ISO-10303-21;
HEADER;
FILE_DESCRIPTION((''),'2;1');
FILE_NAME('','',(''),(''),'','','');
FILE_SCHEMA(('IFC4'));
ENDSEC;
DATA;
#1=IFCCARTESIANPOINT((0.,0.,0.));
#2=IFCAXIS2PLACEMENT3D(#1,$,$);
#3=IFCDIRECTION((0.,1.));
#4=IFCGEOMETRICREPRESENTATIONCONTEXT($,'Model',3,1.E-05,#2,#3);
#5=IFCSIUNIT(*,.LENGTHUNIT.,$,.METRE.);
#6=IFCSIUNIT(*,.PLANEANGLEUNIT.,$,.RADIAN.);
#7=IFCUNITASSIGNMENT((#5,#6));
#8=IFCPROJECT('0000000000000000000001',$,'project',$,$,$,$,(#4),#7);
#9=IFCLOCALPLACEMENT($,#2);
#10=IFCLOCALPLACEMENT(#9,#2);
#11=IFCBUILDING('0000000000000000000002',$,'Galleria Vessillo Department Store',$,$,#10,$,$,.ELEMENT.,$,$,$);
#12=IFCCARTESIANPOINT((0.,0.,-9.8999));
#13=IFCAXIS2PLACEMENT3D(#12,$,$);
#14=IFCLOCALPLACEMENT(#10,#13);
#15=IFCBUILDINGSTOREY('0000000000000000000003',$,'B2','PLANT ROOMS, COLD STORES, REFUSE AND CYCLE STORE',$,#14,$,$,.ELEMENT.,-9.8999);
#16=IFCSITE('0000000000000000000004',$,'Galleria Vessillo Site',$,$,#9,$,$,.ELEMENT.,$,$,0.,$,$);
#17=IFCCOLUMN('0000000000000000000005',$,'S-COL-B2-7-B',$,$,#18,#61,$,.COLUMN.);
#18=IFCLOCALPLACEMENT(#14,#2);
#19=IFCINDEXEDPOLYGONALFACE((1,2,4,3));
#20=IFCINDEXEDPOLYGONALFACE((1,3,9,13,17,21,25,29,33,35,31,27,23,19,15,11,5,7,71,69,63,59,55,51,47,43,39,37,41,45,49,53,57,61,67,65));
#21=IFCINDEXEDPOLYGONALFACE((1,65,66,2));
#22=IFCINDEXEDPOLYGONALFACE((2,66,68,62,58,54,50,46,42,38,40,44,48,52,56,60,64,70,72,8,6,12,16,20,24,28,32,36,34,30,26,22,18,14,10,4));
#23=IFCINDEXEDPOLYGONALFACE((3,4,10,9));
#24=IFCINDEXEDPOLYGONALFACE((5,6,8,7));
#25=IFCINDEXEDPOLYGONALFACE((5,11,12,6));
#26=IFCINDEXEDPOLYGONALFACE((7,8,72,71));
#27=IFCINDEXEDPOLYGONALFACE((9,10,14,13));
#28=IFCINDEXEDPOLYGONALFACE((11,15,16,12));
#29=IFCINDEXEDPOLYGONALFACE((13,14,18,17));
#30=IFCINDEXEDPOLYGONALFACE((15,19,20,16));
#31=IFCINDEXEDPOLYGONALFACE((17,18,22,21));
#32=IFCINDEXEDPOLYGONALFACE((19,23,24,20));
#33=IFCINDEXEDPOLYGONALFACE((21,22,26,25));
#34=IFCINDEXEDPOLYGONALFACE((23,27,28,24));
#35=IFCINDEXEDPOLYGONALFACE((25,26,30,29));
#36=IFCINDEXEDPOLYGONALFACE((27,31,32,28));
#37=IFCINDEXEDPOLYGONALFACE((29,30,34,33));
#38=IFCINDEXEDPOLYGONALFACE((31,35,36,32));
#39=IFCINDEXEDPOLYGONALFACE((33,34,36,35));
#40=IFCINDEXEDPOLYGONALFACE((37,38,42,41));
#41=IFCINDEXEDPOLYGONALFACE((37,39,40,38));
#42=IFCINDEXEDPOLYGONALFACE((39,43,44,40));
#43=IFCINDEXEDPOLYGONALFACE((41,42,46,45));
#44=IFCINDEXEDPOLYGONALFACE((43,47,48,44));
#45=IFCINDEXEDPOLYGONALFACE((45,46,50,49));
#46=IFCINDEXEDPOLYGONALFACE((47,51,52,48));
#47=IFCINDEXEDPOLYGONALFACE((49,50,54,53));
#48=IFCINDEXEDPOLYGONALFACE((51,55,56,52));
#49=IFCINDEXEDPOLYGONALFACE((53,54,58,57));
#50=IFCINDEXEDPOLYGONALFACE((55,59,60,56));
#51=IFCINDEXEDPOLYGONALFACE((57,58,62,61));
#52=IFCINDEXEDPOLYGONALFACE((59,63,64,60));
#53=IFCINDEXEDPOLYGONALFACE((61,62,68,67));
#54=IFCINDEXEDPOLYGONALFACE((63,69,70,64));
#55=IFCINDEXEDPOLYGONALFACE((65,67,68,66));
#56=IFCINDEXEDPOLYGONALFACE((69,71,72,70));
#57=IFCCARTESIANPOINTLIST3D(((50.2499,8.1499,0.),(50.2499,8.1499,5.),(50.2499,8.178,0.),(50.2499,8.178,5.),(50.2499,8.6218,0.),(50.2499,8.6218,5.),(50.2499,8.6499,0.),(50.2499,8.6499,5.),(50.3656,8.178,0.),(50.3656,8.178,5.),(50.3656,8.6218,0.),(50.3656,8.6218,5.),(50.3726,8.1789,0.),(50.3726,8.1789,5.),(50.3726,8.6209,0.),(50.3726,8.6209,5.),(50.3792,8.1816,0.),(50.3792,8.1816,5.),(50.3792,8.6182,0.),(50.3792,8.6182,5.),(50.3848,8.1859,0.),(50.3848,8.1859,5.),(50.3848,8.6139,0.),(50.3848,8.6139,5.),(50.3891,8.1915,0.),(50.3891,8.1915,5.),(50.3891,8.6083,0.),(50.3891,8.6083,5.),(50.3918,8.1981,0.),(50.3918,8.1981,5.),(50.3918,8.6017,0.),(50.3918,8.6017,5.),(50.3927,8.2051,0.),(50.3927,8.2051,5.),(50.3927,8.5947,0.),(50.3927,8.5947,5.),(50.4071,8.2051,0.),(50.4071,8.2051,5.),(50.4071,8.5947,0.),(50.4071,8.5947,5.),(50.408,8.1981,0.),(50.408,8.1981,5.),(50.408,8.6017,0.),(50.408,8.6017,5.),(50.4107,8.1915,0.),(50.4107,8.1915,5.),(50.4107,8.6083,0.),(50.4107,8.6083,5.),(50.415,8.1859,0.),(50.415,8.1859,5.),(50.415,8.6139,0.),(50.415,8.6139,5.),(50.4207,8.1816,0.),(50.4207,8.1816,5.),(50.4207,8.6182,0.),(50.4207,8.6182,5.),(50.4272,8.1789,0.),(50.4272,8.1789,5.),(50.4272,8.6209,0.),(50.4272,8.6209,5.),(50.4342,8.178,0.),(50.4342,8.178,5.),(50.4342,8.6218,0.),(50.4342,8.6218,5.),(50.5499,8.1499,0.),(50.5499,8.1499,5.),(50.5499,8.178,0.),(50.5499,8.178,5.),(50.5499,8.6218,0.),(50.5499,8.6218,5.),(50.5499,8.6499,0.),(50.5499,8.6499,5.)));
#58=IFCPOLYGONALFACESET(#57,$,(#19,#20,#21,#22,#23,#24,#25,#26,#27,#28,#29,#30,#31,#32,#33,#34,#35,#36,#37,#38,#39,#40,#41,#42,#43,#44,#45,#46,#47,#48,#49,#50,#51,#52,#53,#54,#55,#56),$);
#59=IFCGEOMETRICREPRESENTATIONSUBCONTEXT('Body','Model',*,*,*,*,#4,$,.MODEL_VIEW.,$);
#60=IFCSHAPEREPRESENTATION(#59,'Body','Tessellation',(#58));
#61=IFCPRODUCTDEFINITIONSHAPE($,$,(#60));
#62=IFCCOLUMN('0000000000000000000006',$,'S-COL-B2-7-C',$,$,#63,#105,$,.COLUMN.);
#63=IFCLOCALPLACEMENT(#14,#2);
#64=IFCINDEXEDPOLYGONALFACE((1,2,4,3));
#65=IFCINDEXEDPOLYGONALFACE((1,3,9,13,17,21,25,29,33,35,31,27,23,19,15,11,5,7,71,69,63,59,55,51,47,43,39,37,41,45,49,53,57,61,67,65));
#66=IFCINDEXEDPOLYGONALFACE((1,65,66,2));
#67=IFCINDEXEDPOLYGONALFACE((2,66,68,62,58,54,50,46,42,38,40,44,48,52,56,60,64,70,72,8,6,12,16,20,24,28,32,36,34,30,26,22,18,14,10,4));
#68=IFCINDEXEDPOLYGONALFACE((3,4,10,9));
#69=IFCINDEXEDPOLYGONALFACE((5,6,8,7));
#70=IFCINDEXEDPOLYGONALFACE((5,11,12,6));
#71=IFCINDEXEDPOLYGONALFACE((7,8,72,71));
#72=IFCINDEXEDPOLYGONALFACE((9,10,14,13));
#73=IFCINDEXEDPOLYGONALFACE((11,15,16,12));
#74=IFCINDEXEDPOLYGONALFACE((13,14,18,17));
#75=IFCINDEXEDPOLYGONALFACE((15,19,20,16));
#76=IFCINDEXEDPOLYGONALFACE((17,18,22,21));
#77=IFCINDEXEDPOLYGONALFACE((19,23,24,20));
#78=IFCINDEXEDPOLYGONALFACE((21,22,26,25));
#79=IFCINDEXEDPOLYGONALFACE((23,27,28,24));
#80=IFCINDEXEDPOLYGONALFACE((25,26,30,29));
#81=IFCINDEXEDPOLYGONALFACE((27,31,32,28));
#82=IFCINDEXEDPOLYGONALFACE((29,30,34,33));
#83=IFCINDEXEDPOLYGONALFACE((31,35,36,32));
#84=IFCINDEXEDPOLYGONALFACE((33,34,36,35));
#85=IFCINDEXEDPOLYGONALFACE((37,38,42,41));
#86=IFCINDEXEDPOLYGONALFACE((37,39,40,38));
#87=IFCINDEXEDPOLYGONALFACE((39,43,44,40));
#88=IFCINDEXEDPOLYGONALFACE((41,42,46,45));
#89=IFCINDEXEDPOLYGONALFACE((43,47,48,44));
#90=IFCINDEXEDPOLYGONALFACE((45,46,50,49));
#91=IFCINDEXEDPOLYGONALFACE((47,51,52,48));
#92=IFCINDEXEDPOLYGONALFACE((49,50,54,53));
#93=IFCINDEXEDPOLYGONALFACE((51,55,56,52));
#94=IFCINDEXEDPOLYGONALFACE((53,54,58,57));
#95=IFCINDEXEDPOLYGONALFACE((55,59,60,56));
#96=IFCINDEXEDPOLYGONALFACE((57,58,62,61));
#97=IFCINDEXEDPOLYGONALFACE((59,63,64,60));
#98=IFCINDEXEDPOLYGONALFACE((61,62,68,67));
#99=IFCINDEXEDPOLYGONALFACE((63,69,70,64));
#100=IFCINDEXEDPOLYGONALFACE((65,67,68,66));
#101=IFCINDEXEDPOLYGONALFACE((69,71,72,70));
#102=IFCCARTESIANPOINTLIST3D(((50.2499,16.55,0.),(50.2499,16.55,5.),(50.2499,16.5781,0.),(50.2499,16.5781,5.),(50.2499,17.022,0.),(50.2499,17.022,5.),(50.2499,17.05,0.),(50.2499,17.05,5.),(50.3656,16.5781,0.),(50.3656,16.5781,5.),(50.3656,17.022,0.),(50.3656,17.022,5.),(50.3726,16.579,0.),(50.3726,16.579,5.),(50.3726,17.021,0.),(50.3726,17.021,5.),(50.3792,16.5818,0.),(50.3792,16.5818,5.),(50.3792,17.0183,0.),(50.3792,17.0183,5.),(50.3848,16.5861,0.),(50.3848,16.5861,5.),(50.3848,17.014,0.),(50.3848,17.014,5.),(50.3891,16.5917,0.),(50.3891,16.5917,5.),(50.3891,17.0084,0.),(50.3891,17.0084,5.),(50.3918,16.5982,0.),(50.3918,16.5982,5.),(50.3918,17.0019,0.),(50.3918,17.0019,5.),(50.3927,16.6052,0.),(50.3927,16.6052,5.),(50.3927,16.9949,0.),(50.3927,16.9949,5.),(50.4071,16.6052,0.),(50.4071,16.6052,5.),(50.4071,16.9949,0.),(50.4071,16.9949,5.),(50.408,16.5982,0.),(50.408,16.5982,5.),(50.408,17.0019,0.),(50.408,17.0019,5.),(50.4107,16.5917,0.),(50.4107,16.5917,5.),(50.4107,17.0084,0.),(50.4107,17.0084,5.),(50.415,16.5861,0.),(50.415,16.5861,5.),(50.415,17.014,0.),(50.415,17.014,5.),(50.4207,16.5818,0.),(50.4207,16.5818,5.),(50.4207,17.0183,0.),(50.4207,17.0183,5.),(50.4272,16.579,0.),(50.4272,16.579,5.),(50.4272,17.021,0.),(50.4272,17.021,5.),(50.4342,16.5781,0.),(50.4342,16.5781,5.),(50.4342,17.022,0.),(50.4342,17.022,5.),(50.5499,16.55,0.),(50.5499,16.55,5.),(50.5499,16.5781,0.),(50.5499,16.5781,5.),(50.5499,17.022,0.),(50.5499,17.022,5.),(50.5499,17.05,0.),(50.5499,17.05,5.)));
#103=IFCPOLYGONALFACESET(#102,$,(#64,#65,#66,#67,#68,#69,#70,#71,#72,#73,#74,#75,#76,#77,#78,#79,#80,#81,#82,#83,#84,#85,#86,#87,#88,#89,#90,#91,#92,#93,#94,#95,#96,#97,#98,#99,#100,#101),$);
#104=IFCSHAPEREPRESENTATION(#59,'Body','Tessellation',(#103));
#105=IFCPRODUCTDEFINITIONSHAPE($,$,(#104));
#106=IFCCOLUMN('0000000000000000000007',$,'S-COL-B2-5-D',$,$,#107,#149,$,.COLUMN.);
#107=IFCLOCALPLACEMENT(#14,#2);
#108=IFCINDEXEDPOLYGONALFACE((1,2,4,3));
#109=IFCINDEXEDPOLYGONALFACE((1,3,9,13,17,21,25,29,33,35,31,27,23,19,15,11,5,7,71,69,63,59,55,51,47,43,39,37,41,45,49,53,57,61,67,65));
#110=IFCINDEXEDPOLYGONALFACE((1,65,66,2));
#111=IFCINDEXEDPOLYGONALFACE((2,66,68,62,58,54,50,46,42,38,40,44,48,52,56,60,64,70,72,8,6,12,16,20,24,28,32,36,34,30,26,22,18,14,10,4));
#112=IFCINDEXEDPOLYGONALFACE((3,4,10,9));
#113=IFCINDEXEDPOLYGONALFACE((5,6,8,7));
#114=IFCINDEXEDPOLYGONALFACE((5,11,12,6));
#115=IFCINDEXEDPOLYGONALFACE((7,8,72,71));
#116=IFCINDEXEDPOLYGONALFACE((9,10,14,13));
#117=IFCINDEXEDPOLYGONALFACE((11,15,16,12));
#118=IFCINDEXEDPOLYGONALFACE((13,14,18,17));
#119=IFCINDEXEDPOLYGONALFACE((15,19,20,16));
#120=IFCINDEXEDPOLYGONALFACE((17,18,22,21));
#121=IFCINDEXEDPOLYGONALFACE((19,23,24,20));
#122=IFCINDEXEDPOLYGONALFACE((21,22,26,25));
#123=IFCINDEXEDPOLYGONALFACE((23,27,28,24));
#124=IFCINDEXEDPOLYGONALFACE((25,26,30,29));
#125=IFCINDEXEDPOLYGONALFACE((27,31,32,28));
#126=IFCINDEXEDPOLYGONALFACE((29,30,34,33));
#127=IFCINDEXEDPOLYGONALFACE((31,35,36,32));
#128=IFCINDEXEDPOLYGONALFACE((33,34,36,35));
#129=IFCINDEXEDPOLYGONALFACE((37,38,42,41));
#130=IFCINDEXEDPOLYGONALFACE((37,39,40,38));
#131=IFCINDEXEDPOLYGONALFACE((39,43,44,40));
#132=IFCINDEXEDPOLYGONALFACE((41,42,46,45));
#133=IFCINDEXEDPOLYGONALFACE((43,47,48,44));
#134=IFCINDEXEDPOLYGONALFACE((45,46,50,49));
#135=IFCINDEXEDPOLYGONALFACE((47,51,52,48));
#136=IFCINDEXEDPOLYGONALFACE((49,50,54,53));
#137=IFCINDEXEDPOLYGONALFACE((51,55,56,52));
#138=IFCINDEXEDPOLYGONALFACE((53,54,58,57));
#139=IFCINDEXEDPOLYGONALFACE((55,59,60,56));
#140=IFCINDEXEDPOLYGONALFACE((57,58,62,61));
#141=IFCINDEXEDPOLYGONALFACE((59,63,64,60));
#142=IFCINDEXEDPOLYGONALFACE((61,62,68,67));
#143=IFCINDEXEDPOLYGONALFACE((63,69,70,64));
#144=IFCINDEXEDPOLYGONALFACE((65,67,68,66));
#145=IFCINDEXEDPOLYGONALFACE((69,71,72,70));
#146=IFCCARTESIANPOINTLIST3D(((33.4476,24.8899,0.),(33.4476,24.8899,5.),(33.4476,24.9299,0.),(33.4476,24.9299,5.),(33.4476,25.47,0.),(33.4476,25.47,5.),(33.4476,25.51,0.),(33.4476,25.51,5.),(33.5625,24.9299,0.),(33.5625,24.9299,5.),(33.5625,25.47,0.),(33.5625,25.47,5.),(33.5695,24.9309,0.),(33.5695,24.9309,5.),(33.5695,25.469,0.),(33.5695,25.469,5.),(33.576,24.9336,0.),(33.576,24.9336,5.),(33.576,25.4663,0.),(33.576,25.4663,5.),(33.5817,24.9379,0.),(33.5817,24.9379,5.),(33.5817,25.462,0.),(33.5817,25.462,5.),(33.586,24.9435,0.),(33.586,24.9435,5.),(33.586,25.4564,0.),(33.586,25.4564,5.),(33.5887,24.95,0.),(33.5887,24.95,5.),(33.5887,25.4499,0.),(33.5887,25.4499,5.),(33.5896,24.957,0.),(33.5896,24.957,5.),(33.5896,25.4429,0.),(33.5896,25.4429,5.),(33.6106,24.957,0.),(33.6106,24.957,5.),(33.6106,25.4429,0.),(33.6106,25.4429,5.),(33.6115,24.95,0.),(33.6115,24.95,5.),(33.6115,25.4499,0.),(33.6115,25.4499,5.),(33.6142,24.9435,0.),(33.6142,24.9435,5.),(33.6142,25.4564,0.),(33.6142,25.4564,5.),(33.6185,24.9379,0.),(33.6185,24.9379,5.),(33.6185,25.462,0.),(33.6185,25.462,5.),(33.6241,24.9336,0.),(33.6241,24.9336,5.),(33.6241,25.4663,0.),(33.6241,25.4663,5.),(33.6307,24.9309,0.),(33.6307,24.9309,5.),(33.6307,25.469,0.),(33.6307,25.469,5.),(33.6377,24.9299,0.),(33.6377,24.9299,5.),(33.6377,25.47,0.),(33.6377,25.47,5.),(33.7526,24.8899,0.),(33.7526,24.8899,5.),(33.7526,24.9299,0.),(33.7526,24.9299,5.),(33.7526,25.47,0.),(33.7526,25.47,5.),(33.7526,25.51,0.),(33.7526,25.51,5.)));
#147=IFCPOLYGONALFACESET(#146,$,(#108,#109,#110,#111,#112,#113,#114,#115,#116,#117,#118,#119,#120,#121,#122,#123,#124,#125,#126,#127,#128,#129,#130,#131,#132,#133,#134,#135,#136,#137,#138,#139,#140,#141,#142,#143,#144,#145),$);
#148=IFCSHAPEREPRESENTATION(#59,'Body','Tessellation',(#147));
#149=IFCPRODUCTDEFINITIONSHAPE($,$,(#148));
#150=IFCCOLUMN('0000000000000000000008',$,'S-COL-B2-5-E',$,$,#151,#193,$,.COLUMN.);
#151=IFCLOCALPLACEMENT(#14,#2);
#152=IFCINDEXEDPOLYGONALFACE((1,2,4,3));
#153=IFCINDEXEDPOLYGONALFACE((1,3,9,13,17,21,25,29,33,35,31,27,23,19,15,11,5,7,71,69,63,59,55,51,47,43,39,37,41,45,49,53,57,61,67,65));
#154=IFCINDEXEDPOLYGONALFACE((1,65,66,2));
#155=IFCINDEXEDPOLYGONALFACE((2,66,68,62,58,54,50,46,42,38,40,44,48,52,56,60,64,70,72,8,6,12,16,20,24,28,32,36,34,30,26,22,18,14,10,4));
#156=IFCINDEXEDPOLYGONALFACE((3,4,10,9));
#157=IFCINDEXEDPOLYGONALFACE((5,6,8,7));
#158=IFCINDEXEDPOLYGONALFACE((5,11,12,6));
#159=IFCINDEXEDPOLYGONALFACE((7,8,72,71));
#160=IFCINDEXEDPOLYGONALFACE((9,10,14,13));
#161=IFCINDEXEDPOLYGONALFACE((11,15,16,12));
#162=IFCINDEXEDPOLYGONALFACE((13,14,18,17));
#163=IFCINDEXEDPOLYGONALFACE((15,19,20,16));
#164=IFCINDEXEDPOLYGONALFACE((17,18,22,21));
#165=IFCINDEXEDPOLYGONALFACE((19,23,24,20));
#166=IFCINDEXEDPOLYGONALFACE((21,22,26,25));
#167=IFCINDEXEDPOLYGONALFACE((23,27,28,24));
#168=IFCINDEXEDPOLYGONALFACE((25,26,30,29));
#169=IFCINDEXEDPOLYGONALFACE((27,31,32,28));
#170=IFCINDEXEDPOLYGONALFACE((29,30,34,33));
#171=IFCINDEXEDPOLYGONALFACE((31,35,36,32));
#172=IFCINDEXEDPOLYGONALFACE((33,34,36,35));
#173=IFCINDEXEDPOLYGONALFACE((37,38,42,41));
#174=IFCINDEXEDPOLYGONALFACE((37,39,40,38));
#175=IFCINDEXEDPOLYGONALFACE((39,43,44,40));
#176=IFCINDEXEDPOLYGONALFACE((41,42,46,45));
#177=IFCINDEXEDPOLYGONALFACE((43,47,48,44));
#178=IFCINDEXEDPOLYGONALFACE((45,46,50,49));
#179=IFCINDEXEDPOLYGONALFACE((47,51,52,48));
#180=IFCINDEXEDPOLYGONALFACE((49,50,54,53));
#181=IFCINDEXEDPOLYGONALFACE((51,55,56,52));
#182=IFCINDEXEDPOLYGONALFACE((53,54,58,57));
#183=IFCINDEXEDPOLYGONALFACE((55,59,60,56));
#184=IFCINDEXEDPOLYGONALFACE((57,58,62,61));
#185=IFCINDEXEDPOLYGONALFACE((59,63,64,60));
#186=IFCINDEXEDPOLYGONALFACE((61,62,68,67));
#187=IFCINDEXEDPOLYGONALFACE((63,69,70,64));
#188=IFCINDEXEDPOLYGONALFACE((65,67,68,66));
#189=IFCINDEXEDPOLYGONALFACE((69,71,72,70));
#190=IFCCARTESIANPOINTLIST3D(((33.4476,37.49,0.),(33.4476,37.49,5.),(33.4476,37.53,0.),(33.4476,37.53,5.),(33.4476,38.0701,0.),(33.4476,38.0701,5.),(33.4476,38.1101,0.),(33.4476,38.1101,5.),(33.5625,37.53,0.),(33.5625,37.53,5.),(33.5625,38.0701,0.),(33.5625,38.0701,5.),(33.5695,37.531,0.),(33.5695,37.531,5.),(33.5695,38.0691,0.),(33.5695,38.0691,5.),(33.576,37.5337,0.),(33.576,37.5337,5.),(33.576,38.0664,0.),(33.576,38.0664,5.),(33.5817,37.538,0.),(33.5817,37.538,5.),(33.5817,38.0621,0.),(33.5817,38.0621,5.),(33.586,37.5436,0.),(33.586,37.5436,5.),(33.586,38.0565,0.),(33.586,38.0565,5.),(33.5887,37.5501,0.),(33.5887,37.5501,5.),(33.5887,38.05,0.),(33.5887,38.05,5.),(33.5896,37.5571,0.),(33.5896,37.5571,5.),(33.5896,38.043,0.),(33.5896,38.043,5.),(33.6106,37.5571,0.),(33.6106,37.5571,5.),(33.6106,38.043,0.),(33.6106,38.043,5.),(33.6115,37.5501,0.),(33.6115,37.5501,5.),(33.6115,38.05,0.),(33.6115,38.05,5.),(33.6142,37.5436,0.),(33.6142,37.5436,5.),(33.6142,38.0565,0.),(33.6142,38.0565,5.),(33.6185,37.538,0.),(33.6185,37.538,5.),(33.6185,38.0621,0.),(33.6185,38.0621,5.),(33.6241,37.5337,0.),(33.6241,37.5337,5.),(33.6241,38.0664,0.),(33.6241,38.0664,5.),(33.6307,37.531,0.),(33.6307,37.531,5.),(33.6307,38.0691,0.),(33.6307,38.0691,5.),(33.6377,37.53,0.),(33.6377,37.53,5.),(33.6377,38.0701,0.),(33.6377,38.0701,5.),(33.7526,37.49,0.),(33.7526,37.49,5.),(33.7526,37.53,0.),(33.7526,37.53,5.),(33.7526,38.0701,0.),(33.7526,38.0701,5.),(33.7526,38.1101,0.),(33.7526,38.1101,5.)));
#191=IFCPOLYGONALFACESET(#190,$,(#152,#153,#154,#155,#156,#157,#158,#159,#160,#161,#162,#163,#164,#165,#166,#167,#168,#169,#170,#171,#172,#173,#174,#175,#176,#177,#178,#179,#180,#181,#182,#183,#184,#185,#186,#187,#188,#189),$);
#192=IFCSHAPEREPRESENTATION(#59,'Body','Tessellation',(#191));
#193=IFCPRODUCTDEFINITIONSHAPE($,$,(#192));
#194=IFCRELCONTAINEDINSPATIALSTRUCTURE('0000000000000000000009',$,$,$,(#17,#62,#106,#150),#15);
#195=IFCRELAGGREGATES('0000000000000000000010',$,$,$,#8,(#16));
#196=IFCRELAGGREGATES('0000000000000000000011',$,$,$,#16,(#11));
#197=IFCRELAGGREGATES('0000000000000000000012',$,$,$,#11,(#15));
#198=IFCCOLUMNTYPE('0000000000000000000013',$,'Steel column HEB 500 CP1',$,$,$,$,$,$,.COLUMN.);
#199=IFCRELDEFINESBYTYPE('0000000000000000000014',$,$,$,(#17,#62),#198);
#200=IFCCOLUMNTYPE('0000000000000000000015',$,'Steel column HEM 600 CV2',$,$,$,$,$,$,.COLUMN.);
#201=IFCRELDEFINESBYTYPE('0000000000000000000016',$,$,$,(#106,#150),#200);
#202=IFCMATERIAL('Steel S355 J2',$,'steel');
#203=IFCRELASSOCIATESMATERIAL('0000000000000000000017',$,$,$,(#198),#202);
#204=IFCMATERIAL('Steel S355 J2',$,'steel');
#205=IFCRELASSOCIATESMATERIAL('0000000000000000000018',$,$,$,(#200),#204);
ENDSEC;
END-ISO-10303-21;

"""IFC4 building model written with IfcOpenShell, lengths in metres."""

from ifc_helpers import new_model, si_unit, direction, frame, origin, origin_2d, place, context, subcontext, project, spatial, i_section, extrude, material, material_profile, profile_set, type_object, element, save


model = new_model("IFC4")

# Units and contexts
model_context = context("Model", 3, precision=1e-05, world=origin(), true_north=direction((0.0, 1.0)))
body_context = subcontext(model_context, "Body", "Model", "MODEL_VIEW")
ifc_project = project(units=[si_unit("LENGTHUNIT", "METRE"), si_unit("PLANEANGLEUNIT", "RADIAN")], contexts=[model_context])

# Site, building, storey
site_placement = place(None, origin())
site = spatial("IfcSite", under=ifc_project, at=site_placement, Name="Galleria Vessillo Site", CompositionType="ELEMENT", RefElevation=0.0)
building_placement = place(site_placement, origin())
building = spatial("IfcBuilding", under=site, at=building_placement, Name="Galleria Vessillo Department Store", CompositionType="ELEMENT")
storey_placement = place(building_placement, frame((0.0, 0.0, -9.8999)))
storey = spatial("IfcBuildingStorey", under=building, at=storey_placement, Name="B2", Description="PLANT ROOMS, COLD STORES, REFUSE AND CYCLE STORE", CompositionType="ELEMENT", Elevation=-9.8999)

# Columns
ifc_material_1 = material(Name="Steel S355 J2", Category="steel")
ifc_material_profile_1 = material_profile(ifc_material_1, i_section(OverallWidth=0.3, OverallDepth=0.5, WebThickness=0.0144, FlangeThickness=0.0281, FilletRadius=0.0271, at=origin_2d()), Name="HEB 500")
ifc_profile_set_1 = profile_set([ifc_material_profile_1], Name="Steel S355 J2")
column_type_1 = type_object("IfcColumnType", Name="Steel column HEB 500 CP1", PredefinedType="COLUMN", material=ifc_profile_set_1)
for number, where, z_axis, x_axis, name in (
    (1, (50.3999, 8.3999, 0.0), (0.0, 0.0, 1.0), (1.0, 0.0, 0.0), "S-COL-B2-7-B"),
    (2, (50.3999, 16.8, 0.0), (0.0, 0.0, 1.0), (1.0, 0.0, 0.0), "S-COL-B2-7-C"),
):
    element("IfcColumn", number, at=place(storey_placement, frame(where, z_axis=z_axis, x_axis=x_axis)), inside=storey, type_object=column_type_1, Name=name, PredefinedType="COLUMN", context=body_context, shape_type="SweptSolid", body=[
        extrude(i_section(OverallWidth=0.3, OverallDepth=0.5, WebThickness=0.0144, FlangeThickness=0.0281, FilletRadius=0.0271, at=origin_2d()), origin(), (0.0, 0.0, 1.0), 5.0),
    ])
ifc_material_2 = material(Name="Steel S355 J2", Category="steel")
ifc_material_profile_2 = material_profile(ifc_material_2, i_section(OverallWidth=0.3049, OverallDepth=0.6201, WebThickness=0.021, FlangeThickness=0.04, FilletRadius=0.0271, at=origin_2d()), Name="HEM 600")
ifc_profile_set_2 = profile_set([ifc_material_profile_2], Name="Steel S355 J2")
column_type_2 = type_object("IfcColumnType", Name="Steel column HEM 600 CV2", PredefinedType="COLUMN", material=ifc_profile_set_2)
for number, where, z_axis, x_axis, name in (
    (3, (33.6001, 25.2, 0.0), (0.0, 0.0, 1.0), (1.0, 0.0, 0.0), "S-COL-B2-5-D"),
    (4, (33.6001, 37.8, 0.0), (0.0, 0.0, 1.0), (1.0, 0.0, 0.0), "S-COL-B2-5-E"),
):
    element("IfcColumn", number, at=place(storey_placement, frame(where, z_axis=z_axis, x_axis=x_axis)), inside=storey, type_object=column_type_2, Name=name, PredefinedType="COLUMN", context=body_context, shape_type="SweptSolid", body=[
        extrude(i_section(OverallWidth=0.3049, OverallDepth=0.6201, WebThickness=0.021, FlangeThickness=0.04, FilletRadius=0.0271, at=origin_2d()), origin(), (0.0, 0.0, 1.0), 5.0),
    ])

save(model, "model.ifc")
